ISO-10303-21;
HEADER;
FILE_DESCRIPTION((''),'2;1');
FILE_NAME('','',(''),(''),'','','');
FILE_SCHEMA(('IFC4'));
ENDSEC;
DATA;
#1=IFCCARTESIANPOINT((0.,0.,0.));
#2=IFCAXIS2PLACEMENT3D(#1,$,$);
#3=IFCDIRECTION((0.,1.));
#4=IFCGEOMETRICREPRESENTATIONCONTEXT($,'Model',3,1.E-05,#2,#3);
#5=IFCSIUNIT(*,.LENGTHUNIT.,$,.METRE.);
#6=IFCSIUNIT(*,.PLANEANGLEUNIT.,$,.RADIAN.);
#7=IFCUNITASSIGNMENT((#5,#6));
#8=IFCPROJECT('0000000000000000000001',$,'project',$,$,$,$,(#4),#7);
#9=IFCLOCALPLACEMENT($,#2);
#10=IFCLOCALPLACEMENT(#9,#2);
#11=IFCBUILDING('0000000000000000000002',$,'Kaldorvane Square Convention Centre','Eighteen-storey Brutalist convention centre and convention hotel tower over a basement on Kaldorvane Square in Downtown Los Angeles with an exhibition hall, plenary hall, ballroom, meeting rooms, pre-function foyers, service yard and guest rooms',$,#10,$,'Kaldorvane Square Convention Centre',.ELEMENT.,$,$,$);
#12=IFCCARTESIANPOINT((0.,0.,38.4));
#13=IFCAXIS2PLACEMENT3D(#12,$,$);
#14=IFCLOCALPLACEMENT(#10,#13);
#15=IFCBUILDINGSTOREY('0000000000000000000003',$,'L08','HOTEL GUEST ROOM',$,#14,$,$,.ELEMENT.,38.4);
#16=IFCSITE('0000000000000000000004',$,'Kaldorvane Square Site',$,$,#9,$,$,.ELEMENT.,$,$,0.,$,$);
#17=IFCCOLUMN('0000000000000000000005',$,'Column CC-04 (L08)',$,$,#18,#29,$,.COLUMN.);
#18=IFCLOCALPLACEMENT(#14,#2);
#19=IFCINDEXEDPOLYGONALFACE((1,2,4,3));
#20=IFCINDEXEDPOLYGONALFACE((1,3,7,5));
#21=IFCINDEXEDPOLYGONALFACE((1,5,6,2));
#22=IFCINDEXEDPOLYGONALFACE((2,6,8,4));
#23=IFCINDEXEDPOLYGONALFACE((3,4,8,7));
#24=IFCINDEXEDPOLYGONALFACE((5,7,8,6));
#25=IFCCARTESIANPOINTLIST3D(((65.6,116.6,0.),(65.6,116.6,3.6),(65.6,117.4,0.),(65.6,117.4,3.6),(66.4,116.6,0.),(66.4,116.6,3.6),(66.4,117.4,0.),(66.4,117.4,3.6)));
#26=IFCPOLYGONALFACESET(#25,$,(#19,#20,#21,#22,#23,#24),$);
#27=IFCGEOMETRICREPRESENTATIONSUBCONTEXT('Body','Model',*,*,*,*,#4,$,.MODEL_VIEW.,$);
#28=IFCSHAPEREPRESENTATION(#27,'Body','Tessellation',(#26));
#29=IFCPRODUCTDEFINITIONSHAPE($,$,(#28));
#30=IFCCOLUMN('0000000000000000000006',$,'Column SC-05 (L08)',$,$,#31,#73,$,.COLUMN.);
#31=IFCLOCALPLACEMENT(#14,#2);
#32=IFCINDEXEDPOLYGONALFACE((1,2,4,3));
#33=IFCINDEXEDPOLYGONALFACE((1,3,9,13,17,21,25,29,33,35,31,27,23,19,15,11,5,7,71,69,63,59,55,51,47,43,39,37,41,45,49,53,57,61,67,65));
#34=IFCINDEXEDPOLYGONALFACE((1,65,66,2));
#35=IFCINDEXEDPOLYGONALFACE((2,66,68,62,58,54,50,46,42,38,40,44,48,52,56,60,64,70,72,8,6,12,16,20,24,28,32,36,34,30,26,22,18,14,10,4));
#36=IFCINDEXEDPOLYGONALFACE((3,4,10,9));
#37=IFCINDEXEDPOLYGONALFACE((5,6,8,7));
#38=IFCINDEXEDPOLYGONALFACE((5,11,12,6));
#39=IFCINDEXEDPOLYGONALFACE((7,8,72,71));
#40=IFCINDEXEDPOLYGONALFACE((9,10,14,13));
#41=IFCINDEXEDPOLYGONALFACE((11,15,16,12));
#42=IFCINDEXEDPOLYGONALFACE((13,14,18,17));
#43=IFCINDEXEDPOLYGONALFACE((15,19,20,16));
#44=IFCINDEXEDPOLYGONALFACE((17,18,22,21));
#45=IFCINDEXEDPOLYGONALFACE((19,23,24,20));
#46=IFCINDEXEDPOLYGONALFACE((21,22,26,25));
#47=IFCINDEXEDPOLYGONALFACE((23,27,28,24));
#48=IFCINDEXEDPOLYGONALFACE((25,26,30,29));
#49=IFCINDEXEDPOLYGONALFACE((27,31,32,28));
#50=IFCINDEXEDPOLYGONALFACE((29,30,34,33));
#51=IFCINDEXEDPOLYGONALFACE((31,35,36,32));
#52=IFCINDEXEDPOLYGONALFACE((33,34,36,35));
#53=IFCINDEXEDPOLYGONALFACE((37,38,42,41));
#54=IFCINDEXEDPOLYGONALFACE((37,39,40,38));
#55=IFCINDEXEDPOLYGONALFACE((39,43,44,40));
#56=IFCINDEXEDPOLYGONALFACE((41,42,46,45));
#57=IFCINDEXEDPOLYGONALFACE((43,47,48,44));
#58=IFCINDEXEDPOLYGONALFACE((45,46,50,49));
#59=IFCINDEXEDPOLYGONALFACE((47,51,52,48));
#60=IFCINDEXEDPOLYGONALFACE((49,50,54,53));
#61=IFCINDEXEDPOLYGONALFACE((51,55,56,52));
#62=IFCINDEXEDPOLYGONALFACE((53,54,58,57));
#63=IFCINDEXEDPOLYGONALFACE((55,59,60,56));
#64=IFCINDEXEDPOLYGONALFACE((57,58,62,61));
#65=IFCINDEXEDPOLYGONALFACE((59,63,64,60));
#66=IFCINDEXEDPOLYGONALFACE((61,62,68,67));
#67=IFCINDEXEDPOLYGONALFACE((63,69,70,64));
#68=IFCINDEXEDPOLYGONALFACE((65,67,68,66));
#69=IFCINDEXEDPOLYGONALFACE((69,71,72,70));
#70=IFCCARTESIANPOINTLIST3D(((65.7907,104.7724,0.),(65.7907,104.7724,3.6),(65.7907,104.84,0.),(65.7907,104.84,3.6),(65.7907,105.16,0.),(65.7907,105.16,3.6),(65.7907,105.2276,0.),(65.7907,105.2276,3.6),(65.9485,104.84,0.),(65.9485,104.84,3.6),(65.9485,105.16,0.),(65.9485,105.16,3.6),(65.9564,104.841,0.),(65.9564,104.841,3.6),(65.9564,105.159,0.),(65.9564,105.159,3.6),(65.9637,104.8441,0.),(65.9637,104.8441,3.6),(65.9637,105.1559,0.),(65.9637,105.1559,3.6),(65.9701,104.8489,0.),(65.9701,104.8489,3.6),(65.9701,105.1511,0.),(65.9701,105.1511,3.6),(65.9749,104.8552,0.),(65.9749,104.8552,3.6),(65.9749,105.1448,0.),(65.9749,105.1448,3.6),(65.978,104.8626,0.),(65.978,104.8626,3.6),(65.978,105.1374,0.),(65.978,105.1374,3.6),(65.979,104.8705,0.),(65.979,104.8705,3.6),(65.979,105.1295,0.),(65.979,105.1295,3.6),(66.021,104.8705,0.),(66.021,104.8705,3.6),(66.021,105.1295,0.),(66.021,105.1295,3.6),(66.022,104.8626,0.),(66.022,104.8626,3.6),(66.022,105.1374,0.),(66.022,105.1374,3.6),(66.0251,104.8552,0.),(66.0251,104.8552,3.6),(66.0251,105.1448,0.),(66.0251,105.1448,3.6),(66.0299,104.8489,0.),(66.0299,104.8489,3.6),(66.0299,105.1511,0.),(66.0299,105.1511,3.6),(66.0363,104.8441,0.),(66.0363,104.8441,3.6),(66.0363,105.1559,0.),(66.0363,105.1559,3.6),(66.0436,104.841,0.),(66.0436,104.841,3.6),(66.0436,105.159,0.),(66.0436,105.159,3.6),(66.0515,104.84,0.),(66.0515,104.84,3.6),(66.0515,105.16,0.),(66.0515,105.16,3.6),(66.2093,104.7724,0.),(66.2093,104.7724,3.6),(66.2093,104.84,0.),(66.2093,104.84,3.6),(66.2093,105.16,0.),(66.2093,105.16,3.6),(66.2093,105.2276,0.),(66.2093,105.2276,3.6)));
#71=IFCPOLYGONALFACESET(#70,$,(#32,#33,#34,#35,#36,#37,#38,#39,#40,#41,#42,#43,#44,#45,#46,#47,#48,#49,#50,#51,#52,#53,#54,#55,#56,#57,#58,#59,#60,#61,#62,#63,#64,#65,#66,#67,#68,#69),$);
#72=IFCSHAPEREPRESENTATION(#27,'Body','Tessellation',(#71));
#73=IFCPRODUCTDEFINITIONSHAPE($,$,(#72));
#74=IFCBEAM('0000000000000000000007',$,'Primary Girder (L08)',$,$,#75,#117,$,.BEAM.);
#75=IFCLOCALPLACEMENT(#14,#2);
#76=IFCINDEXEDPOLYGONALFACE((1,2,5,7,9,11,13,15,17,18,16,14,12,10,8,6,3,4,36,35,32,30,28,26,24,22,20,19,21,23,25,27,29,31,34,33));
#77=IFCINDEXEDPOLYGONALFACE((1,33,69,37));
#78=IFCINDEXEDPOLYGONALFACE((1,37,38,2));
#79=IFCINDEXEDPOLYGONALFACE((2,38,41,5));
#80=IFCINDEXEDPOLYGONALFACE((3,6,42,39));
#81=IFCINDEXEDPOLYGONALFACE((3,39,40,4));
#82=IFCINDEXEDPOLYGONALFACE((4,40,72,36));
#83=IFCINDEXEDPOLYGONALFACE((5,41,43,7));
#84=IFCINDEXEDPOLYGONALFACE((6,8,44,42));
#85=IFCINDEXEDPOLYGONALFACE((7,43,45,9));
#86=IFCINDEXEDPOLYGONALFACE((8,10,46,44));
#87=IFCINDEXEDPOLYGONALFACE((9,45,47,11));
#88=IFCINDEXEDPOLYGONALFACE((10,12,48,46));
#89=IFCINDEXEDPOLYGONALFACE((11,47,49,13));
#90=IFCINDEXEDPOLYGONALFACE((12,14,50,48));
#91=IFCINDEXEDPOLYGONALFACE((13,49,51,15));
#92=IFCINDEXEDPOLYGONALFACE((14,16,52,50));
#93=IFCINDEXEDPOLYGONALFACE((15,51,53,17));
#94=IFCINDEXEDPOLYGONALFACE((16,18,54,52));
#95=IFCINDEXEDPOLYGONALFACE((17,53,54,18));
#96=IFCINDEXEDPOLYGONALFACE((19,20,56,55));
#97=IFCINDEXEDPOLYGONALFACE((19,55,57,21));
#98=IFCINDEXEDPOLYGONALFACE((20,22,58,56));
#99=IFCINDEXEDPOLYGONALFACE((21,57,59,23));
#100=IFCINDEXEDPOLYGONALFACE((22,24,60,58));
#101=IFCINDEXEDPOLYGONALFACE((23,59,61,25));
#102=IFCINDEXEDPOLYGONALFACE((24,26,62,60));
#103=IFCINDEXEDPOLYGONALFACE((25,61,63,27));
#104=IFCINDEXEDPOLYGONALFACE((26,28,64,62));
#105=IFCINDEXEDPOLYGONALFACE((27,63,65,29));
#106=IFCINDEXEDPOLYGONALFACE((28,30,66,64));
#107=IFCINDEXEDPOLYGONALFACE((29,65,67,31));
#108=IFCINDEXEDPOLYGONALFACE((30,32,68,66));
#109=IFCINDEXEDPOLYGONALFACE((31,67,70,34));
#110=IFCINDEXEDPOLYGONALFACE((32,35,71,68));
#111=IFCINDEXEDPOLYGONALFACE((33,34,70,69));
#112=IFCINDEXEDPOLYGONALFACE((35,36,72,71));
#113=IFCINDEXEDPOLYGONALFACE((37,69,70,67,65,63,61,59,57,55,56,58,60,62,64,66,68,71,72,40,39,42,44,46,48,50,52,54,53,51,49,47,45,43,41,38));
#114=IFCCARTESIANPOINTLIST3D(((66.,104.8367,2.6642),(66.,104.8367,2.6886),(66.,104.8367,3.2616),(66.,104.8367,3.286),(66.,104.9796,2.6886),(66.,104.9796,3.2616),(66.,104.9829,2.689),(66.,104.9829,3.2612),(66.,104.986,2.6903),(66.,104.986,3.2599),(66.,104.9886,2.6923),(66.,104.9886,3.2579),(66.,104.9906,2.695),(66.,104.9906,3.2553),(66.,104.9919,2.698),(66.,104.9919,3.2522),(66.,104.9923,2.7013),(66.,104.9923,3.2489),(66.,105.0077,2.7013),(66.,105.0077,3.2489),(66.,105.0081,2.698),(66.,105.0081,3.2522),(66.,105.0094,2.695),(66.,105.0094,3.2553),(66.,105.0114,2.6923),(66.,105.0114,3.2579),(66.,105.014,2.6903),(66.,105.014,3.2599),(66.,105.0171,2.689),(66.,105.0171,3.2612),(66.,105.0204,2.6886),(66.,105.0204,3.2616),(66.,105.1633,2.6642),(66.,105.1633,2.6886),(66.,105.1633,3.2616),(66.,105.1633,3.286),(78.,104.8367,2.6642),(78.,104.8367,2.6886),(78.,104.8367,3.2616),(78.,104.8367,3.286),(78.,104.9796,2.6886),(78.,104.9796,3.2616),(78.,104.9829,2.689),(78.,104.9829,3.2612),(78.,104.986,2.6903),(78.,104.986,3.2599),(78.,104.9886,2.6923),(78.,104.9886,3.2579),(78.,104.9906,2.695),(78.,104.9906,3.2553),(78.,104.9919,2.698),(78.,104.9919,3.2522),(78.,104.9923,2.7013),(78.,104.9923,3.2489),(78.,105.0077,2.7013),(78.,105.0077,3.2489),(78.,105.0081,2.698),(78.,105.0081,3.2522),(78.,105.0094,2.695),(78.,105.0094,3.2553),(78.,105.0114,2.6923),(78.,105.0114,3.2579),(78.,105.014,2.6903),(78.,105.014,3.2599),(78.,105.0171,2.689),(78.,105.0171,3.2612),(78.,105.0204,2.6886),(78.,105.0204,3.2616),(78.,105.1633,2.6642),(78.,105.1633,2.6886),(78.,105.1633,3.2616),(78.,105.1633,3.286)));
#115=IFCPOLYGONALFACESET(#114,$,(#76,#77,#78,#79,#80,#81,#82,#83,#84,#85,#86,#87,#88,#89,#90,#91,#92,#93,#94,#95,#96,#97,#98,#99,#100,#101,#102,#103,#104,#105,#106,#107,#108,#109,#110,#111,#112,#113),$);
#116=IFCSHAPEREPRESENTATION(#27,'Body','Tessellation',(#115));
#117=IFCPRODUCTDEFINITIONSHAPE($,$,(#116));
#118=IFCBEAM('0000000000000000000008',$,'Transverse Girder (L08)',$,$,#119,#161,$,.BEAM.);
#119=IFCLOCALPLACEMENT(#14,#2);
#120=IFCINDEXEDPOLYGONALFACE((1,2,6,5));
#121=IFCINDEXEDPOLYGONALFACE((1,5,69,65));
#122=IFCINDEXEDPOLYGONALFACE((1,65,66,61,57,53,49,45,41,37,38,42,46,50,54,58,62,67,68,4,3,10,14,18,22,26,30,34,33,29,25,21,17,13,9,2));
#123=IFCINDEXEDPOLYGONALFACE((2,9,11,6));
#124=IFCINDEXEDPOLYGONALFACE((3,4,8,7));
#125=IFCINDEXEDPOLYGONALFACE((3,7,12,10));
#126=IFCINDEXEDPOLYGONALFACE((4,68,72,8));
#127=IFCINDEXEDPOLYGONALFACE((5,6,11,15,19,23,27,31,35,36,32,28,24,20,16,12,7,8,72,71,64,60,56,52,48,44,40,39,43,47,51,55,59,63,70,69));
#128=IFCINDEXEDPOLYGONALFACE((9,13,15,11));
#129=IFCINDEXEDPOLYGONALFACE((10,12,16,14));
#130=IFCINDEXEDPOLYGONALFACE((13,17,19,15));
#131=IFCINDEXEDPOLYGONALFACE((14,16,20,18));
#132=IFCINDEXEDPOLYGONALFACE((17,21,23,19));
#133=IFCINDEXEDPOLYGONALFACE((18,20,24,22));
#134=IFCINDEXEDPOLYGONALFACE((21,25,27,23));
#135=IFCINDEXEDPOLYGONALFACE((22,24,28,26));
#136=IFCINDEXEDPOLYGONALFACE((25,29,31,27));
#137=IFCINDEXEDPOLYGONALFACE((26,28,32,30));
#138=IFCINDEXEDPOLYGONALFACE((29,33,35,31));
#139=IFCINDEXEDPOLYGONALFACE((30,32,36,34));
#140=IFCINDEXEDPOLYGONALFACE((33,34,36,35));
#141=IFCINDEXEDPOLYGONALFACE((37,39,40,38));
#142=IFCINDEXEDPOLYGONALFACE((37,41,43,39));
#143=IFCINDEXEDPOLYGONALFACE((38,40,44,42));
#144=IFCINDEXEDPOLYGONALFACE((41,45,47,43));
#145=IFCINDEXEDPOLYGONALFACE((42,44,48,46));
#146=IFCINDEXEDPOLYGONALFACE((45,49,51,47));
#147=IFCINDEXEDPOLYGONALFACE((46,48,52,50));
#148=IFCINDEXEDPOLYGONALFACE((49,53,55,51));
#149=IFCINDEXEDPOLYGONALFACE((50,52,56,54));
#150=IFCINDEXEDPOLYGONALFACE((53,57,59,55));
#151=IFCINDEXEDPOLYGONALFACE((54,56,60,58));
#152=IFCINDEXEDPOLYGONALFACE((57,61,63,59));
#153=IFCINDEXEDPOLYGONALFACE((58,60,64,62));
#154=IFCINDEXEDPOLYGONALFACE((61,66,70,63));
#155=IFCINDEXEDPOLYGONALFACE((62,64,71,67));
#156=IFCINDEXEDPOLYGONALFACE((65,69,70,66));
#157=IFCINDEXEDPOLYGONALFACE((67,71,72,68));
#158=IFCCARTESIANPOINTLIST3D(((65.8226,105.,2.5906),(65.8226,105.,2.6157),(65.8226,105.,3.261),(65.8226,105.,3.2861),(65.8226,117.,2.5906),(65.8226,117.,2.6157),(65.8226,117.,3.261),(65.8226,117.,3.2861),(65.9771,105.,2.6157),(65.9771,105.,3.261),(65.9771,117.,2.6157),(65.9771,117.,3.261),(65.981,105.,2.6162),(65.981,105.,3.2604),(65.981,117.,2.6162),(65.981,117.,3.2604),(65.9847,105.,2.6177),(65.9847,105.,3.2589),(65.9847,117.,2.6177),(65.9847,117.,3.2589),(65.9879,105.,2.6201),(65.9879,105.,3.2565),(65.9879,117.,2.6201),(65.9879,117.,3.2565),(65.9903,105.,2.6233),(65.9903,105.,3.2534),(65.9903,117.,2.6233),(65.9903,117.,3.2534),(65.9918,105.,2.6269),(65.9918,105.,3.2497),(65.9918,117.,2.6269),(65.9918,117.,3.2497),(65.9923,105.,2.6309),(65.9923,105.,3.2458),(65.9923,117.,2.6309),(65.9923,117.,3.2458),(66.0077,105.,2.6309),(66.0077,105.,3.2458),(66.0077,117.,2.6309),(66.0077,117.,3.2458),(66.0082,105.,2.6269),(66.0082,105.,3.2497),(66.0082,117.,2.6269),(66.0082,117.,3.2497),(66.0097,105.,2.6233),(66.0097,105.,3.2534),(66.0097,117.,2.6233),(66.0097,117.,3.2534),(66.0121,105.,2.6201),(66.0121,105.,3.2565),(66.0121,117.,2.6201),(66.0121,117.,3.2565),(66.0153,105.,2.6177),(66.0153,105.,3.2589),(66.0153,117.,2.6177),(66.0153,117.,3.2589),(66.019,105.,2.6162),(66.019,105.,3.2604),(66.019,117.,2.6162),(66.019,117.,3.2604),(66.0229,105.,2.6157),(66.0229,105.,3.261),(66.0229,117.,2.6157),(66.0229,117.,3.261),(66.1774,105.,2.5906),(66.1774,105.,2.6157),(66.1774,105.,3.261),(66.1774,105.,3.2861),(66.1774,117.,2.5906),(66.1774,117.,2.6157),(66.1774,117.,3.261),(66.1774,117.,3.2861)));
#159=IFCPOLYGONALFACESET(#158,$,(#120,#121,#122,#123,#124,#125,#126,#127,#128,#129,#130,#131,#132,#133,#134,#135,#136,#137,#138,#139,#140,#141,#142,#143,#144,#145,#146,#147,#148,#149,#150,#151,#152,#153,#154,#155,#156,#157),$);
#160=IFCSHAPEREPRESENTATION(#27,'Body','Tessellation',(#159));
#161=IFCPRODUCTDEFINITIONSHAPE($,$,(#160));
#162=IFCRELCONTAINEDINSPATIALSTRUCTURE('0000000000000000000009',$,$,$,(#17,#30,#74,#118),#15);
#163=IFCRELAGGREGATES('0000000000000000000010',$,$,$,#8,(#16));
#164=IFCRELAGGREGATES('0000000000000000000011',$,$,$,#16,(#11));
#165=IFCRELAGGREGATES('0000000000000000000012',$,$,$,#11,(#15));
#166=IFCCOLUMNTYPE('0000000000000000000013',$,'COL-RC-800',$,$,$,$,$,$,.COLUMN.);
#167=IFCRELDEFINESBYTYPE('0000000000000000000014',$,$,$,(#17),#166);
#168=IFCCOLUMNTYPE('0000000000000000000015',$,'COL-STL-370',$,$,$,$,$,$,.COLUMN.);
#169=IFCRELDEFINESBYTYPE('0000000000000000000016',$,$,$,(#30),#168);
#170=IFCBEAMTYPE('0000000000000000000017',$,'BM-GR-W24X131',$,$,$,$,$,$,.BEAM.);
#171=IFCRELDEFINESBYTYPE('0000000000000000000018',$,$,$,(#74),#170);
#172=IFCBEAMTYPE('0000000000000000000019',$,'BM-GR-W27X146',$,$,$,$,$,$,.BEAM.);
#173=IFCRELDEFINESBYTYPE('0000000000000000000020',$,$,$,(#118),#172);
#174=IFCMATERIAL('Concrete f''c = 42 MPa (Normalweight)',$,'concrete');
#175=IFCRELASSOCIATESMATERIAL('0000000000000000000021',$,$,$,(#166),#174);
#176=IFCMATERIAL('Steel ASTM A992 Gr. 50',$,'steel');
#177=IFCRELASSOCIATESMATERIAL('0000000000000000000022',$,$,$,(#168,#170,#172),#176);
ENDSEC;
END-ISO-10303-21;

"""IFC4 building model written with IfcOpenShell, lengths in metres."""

from ifc_helpers import new_model, si_unit, direction, frame, origin, origin_2d, place, context, subcontext, project, spatial, rectangle, i_section, extrude, material, material_profile, profile_set, type_object, element, save


model = new_model("IFC4")

# Units and contexts
model_context = context("Model", 3, precision=1e-05, world=origin(), true_north=direction((0.0, 1.0)))
body_context = subcontext(model_context, "Body", "Model", "MODEL_VIEW")
ifc_project = project(units=[si_unit("LENGTHUNIT", "METRE"), si_unit("PLANEANGLEUNIT", "RADIAN")], contexts=[model_context])

# Site, building, storey
site_placement = place(None, origin())
site = spatial("IfcSite", under=ifc_project, at=site_placement, Name="Kaldorvane Square Site", CompositionType="ELEMENT", RefElevation=0.0)
building_placement = place(site_placement, origin())
building = spatial("IfcBuilding", under=site, at=building_placement, Name="Kaldorvane Square Convention Centre", Description="Eighteen-storey Brutalist convention centre and convention hotel tower over a basement on Kaldorvane Square in Downtown Los Angeles with an exhibition hall, plenary hall, ballroom, meeting rooms, pre-function foyers, service yard and guest rooms", LongName="Kaldorvane Square Convention Centre", CompositionType="ELEMENT")
storey_placement = place(building_placement, frame((0.0, 0.0, 38.4)))
storey = spatial("IfcBuildingStorey", under=building, at=storey_placement, Name="L08", Description="HOTEL GUEST ROOM", CompositionType="ELEMENT", Elevation=38.4)

# Columns
ifc_material_1 = material(Name="Concrete f'c = 42 MPa (Normalweight)", Category="concrete")
ifc_material_profile_1 = material_profile(ifc_material_1, rectangle(XDim=0.8, YDim=0.8, at=origin_2d()), Name="RC800X800")
ifc_profile_set_1 = profile_set([ifc_material_profile_1], Name="Concrete f'c = 42 MPa (Normalweight)")
column_type_1 = type_object("IfcColumnType", Name="COL-RC-800", PredefinedType="COLUMN", material=ifc_profile_set_1)
column_1_placement = place(storey_placement, frame((66.0, 117.0, 0.0), z_axis=(0.0, 0.0, 1.0), x_axis=(1.0, 0.0, 0.0)))
element("IfcColumn", 1, at=column_1_placement, inside=storey, type_object=column_type_1, Name="Column CC-04 (L08)", PredefinedType="COLUMN", context=body_context, shape_type="SweptSolid", body=[
    extrude(rectangle(XDim=0.8, YDim=0.8, at=origin_2d()), origin(), (0.0, 0.0, 1.0), 3.6),
])
ifc_material_2 = material(Name="Steel ASTM A992 Gr. 50", Category="steel")
ifc_material_profile_2 = material_profile(ifc_material_2, i_section(OverallWidth=0.4185, OverallDepth=0.4552, WebThickness=0.042, FlangeThickness=0.0676, FilletRadius=0.0305, at=origin_2d()), Name="W14X370")
ifc_profile_set_2 = profile_set([ifc_material_profile_2], Name="Steel ASTM A992 Gr. 50")
column_type_2 = type_object("IfcColumnType", Name="COL-STL-370", PredefinedType="COLUMN", material=ifc_profile_set_2)
column_2_placement = place(storey_placement, frame((66.0, 105.0, 0.0), z_axis=(0.0, 0.0, 1.0), x_axis=(1.0, 0.0, 0.0)))
element("IfcColumn", 2, at=column_2_placement, inside=storey, type_object=column_type_2, Name="Column SC-05 (L08)", PredefinedType="COLUMN", context=body_context, shape_type="SweptSolid", body=[
    extrude(i_section(OverallWidth=0.4185, OverallDepth=0.4552, WebThickness=0.042, FlangeThickness=0.0676, FilletRadius=0.0305, at=origin_2d()), origin(), (0.0, 0.0, 1.0), 3.6),
])

# Beams
ifc_material_profile_3 = material_profile(ifc_material_2, i_section(OverallWidth=0.3265, OverallDepth=0.6218, WebThickness=0.0154, FlangeThickness=0.0244, FilletRadius=0.0127, at=origin_2d()), Name="W24X131")
ifc_profile_set_3 = profile_set([ifc_material_profile_3], Name="Steel ASTM A992 Gr. 50")
beam_type_1 = type_object("IfcBeamType", Name="BM-GR-W24X131", PredefinedType="BEAM", material=ifc_profile_set_3)
beam_1_placement = place(storey_placement, frame((66.0, 105.0, 2.9751), z_axis=(1.0, 0.0, 0.0), x_axis=(0.0, 1.0, 0.0)))
element("IfcBeam", 3, at=beam_1_placement, inside=storey, type_object=beam_type_1, Name="Primary Girder (L08)", PredefinedType="BEAM", context=body_context, shape_type="SweptSolid", body=[
    extrude(i_section(OverallWidth=0.3265, OverallDepth=0.6218, WebThickness=0.0154, FlangeThickness=0.0244, FilletRadius=0.0127, at=origin_2d()), origin(), (0.0, 0.0, 1.0), 12.0),
])
ifc_material_profile_4 = material_profile(ifc_material_2, i_section(OverallWidth=0.3547, OverallDepth=0.6955, WebThickness=0.0154, FlangeThickness=0.0251, FilletRadius=0.0152, at=origin_2d()), Name="W27X146")
ifc_profile_set_4 = profile_set([ifc_material_profile_4], Name="Steel ASTM A992 Gr. 50")
beam_type_2 = type_object("IfcBeamType", Name="BM-GR-W27X146", PredefinedType="BEAM", material=ifc_profile_set_4)
beam_2_placement = place(storey_placement, frame((66.0, 105.0, 2.9383), z_axis=(0.0, 1.0, 0.0), x_axis=(-1.0, 0.0, 0.0)))
element("IfcBeam", 4, at=beam_2_placement, inside=storey, type_object=beam_type_2, Name="Transverse Girder (L08)", PredefinedType="BEAM", context=body_context, shape_type="SweptSolid", body=[
    extrude(i_section(OverallWidth=0.3547, OverallDepth=0.6955, WebThickness=0.0154, FlangeThickness=0.0251, FilletRadius=0.0152, at=origin_2d()), origin(), (0.0, 0.0, 1.0), 12.0),
])

save(model, "model.ifc")
